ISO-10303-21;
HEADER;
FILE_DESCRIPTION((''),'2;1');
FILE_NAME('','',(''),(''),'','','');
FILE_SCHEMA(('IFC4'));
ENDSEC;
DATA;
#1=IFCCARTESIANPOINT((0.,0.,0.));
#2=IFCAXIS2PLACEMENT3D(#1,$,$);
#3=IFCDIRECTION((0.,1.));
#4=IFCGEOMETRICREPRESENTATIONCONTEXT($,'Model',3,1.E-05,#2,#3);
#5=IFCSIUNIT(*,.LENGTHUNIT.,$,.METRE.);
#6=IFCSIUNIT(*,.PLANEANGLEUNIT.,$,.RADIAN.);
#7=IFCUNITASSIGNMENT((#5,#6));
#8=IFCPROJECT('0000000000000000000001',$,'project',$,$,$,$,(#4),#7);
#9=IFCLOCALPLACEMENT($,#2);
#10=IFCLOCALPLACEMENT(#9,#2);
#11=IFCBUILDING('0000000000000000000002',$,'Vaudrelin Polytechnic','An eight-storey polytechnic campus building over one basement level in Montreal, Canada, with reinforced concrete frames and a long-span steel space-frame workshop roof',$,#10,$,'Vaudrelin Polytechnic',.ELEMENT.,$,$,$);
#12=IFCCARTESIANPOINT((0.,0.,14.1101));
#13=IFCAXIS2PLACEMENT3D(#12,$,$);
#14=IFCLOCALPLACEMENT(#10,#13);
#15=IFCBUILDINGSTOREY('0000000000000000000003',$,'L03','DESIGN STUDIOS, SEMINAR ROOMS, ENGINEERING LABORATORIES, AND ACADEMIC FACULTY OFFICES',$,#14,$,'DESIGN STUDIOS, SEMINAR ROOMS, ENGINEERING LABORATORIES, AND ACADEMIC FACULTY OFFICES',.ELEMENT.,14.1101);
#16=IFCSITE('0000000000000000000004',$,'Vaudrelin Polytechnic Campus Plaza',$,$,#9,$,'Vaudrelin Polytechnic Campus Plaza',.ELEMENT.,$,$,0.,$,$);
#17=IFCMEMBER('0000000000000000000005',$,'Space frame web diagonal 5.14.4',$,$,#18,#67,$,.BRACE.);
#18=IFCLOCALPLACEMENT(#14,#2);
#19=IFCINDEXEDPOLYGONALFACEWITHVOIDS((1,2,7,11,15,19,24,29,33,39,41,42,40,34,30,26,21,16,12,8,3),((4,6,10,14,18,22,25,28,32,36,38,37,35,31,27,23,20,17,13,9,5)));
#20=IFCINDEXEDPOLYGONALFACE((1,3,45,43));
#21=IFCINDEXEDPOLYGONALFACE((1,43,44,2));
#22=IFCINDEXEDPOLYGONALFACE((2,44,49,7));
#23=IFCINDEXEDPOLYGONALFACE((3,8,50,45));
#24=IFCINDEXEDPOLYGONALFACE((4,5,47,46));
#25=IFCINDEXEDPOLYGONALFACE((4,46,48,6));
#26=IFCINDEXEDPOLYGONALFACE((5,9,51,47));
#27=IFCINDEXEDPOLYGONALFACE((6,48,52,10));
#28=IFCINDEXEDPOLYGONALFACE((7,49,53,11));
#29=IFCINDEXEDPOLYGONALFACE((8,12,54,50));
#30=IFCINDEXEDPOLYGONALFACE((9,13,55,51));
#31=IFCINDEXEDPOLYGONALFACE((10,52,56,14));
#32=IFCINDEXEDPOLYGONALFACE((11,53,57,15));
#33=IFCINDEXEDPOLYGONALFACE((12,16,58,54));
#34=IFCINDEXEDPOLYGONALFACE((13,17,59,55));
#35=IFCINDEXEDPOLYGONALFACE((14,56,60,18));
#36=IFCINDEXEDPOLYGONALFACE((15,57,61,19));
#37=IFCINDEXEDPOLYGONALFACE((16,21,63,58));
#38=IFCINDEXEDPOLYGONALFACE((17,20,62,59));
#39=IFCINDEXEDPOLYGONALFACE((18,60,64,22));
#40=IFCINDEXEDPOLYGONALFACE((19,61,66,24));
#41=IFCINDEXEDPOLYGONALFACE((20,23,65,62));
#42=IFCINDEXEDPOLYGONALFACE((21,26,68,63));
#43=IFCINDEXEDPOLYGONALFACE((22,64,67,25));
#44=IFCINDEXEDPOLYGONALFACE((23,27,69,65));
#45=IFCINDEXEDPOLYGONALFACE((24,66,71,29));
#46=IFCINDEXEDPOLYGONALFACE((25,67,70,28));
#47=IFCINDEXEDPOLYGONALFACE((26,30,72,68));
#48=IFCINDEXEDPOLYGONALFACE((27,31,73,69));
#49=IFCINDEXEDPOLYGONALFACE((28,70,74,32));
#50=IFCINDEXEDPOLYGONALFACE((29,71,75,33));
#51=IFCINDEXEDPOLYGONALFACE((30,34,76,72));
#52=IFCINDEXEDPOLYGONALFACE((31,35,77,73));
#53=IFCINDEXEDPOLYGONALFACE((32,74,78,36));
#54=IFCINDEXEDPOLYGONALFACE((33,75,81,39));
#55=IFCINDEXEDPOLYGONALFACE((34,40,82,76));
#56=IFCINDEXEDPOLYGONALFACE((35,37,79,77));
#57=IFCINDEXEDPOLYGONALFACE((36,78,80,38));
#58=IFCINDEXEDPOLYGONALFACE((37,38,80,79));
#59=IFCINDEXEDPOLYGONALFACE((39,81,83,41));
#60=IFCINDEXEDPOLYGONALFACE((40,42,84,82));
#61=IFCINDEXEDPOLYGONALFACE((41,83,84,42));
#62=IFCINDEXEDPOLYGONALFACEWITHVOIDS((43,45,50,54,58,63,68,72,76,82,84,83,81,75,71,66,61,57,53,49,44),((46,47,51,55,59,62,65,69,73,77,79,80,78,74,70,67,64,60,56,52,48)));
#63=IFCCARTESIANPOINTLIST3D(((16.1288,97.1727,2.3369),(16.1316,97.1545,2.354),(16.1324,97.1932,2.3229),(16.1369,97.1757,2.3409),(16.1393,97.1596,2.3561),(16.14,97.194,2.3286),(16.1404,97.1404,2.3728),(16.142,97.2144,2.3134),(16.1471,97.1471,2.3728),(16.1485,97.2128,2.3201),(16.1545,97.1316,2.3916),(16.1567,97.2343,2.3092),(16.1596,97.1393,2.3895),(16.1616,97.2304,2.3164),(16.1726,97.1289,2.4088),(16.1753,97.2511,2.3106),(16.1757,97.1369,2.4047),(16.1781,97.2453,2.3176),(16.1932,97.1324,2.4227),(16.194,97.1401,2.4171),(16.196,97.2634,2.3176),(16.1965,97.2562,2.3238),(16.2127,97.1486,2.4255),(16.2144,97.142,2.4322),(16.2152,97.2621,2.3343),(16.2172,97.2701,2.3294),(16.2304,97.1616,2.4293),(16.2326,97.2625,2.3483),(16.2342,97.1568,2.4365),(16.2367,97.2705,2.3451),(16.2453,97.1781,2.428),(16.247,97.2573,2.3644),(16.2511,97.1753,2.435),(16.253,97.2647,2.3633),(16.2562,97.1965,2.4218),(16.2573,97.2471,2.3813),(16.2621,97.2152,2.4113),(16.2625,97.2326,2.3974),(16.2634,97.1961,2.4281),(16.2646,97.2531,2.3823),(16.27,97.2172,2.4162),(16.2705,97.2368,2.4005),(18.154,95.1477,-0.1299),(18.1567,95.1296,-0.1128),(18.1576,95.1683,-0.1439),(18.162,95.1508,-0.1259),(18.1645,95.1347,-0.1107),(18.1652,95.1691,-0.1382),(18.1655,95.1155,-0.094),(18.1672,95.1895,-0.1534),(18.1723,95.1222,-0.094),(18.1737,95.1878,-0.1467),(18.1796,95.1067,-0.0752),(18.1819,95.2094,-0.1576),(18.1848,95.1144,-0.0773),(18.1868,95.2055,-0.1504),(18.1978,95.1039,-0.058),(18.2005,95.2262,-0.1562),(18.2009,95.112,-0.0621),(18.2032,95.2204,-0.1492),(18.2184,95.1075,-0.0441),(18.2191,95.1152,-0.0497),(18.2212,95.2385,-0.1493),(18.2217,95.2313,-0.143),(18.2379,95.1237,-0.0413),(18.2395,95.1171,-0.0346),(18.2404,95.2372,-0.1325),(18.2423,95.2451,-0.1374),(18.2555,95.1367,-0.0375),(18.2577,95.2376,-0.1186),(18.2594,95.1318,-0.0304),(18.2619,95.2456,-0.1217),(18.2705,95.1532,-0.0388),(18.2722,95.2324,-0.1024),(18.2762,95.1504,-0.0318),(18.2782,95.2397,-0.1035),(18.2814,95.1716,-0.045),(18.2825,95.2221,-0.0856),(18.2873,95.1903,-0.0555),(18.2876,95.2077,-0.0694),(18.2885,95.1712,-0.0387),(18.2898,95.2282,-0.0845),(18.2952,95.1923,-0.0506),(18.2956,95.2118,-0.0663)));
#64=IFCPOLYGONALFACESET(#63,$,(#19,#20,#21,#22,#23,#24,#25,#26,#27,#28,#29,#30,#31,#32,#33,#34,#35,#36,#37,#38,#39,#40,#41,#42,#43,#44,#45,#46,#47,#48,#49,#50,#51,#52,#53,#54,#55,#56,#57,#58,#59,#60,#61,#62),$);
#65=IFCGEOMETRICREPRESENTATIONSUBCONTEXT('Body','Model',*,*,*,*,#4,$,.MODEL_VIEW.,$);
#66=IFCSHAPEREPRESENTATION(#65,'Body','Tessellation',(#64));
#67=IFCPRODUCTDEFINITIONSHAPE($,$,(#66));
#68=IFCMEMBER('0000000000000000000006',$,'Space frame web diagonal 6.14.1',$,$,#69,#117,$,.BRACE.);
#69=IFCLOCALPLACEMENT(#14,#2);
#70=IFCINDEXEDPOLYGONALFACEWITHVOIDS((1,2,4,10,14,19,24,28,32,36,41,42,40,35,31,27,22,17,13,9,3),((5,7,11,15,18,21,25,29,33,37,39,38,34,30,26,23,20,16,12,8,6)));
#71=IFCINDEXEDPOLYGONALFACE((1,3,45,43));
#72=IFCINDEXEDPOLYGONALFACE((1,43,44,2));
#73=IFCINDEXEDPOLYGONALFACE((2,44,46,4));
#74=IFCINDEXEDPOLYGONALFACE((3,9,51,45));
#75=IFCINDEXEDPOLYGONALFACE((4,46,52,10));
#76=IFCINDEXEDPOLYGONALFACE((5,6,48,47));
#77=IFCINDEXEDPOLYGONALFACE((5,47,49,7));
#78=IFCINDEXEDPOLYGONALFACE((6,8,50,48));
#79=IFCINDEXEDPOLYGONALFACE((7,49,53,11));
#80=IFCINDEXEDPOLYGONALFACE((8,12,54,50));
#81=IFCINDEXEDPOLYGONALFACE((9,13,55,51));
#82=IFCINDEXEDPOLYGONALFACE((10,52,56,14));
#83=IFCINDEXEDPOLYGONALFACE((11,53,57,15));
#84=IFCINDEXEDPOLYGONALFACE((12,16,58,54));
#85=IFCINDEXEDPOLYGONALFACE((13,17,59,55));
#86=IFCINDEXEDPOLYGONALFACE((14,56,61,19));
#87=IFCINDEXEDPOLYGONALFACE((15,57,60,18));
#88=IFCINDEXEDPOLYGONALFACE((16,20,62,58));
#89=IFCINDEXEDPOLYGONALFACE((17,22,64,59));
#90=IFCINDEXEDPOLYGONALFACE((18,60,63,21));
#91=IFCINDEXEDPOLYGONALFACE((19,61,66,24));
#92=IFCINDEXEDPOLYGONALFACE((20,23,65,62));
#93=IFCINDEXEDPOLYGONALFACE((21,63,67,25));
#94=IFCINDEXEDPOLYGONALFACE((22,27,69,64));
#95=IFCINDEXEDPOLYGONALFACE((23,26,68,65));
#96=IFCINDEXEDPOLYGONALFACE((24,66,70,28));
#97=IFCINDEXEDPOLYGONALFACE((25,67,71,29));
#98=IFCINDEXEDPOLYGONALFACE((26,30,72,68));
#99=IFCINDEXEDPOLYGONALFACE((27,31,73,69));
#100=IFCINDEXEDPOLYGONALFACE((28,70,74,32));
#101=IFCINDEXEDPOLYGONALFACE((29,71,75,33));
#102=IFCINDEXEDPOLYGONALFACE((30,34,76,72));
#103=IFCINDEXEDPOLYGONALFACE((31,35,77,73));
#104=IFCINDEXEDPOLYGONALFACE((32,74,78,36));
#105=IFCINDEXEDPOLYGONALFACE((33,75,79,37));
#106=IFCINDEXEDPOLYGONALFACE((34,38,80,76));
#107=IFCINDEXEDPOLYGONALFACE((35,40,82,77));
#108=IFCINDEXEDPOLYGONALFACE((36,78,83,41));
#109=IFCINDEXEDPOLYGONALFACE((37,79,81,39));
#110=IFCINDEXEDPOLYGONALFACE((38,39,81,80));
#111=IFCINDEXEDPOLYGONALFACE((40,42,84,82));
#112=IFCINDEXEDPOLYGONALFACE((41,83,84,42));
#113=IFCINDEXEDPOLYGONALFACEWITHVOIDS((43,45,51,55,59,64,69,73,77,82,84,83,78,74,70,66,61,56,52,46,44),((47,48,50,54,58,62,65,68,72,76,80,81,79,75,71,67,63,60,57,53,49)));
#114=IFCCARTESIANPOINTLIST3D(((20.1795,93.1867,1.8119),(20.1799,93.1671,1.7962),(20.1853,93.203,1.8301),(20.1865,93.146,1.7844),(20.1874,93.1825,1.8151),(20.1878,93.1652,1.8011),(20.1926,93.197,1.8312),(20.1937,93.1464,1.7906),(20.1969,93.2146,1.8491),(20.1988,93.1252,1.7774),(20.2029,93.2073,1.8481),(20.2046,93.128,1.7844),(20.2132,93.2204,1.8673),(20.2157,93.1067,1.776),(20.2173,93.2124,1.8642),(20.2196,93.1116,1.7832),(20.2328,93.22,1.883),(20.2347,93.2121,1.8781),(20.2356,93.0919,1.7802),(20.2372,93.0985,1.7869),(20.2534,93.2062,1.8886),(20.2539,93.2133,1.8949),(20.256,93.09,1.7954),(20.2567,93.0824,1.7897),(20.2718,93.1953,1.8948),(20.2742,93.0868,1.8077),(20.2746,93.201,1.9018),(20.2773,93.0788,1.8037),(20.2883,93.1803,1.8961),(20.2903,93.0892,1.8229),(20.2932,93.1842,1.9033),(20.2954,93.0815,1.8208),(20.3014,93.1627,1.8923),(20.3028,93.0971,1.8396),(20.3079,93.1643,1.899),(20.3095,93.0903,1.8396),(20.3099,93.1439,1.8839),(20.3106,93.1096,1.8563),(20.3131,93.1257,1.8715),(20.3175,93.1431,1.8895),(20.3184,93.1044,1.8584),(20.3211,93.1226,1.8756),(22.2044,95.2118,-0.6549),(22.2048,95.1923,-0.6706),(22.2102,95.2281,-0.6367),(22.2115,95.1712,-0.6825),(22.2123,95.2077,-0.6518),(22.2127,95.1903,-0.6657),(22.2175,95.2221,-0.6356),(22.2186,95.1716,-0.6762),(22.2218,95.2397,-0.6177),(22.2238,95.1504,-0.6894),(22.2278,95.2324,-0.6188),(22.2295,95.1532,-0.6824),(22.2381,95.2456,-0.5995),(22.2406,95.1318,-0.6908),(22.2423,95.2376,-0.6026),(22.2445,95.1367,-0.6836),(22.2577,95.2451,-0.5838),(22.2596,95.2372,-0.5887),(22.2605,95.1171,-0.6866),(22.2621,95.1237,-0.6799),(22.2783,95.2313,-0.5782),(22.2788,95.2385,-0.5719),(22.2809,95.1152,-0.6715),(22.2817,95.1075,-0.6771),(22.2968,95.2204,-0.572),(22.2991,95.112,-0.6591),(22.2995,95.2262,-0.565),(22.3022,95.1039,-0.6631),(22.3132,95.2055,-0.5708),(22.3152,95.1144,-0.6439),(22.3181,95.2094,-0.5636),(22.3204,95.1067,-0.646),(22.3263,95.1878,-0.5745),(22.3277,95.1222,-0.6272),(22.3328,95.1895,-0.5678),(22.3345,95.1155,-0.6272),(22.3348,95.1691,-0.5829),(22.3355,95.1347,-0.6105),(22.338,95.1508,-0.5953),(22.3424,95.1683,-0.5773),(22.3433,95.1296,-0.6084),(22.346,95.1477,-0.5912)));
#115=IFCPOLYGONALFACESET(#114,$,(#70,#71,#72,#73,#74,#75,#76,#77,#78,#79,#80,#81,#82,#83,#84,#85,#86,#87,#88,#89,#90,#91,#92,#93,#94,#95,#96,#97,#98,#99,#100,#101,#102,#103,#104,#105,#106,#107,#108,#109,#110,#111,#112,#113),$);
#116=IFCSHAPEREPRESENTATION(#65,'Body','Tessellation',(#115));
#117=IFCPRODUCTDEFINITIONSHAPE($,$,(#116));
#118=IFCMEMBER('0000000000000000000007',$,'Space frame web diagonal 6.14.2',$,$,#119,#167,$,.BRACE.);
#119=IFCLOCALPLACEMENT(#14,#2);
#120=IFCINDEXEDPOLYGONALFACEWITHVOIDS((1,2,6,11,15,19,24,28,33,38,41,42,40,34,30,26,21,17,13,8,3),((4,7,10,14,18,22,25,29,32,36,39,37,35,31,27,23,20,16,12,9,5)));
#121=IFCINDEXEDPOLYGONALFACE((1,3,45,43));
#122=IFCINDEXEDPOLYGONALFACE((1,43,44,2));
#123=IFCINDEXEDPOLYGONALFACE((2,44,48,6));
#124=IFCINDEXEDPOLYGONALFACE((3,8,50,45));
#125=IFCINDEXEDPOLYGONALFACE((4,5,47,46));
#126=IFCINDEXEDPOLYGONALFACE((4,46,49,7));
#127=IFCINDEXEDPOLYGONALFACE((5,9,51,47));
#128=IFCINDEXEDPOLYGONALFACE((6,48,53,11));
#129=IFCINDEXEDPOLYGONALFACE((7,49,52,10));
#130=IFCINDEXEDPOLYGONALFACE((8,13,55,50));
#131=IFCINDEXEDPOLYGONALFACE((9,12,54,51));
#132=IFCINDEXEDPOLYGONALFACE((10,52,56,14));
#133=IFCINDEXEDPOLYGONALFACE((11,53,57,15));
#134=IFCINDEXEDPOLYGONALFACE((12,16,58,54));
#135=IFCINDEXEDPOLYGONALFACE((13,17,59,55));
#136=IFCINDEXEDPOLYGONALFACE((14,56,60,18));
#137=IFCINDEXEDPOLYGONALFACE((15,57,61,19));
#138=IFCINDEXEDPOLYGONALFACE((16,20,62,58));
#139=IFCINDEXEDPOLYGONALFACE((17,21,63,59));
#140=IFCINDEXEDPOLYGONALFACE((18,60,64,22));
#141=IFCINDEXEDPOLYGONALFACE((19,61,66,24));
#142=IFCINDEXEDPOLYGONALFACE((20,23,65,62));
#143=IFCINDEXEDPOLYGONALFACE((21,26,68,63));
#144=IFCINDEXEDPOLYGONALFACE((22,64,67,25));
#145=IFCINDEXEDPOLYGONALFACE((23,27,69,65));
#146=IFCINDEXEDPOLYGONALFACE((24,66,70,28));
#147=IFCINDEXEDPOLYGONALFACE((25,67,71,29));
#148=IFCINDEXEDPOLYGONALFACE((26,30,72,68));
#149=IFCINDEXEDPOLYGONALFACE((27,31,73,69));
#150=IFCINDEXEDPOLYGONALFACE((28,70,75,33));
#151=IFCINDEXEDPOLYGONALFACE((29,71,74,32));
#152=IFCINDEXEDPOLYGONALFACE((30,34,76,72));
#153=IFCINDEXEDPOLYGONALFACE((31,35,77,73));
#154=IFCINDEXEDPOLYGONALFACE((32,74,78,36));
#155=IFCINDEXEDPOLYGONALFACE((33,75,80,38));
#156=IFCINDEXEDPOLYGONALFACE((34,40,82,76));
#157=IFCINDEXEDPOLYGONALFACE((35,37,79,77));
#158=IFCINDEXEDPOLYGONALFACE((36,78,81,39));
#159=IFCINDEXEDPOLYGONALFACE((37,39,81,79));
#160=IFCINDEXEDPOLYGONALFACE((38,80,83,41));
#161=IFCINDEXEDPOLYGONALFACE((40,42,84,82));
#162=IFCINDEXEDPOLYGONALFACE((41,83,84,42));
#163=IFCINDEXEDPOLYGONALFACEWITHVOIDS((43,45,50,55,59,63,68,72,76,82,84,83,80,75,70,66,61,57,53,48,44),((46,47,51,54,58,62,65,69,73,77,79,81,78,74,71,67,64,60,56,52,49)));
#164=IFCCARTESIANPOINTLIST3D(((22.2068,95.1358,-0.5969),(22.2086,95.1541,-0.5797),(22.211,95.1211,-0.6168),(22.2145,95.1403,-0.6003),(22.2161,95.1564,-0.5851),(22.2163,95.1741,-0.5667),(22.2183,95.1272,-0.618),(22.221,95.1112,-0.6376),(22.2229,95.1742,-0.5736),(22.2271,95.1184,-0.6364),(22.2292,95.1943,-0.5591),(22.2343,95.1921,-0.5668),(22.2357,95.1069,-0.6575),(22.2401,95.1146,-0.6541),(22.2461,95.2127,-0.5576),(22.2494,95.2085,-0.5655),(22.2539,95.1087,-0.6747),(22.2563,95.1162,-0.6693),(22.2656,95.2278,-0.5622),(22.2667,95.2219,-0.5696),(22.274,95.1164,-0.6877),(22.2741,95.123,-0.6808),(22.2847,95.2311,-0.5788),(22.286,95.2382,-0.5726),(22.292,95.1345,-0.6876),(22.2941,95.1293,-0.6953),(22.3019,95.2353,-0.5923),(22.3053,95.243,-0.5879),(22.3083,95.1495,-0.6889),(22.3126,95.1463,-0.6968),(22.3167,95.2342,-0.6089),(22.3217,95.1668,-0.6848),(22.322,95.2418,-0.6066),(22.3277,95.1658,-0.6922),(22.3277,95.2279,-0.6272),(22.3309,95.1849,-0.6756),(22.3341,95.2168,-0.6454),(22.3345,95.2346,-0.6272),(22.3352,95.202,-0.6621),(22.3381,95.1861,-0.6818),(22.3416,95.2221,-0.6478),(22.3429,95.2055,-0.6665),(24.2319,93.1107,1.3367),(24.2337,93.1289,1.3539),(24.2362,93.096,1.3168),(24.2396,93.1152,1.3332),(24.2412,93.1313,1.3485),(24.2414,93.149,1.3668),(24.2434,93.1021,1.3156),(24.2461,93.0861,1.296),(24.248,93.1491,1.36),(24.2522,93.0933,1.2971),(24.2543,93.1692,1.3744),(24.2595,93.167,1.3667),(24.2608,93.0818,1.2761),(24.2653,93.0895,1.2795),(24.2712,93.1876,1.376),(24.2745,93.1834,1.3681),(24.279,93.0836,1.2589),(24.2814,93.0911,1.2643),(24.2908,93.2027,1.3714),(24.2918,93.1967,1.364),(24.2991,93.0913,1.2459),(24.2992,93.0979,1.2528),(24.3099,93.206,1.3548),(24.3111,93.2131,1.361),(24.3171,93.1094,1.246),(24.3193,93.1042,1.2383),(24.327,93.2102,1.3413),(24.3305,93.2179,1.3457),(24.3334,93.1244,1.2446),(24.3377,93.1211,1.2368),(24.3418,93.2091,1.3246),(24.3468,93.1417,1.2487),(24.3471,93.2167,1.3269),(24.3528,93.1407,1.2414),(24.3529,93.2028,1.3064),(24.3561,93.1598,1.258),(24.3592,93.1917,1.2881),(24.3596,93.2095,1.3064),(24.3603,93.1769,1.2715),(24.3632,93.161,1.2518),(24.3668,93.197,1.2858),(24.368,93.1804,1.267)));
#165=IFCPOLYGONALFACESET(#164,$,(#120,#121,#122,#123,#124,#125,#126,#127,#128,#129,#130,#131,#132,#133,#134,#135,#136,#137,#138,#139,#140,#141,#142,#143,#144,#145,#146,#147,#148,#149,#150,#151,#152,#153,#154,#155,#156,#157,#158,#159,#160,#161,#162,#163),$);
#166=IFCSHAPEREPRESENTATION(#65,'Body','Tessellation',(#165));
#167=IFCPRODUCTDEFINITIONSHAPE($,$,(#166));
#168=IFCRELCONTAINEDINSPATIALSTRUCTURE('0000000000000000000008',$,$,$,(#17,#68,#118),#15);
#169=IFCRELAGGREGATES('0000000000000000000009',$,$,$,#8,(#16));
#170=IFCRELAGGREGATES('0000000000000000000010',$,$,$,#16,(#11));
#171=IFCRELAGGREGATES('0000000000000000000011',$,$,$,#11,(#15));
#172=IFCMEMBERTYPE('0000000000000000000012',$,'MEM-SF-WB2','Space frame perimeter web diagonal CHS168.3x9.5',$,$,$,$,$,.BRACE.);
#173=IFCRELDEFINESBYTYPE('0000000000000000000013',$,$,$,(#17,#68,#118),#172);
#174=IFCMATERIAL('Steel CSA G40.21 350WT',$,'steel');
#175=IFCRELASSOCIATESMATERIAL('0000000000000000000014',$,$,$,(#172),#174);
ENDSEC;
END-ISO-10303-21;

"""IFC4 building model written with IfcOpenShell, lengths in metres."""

from ifc_helpers import new_model, si_unit, direction, frame, origin, origin_2d, place, context, subcontext, project, spatial, hollow_circle, extrude, material, material_profile, profile_set, type_object, element, save


model = new_model("IFC4")

# Units and contexts
model_context = context("Model", 3, precision=1e-05, world=origin(), true_north=direction((0.0, 1.0)))
body_context = subcontext(model_context, "Body", "Model", "MODEL_VIEW")
ifc_project = project(units=[si_unit("LENGTHUNIT", "METRE"), si_unit("PLANEANGLEUNIT", "RADIAN")], contexts=[model_context])

# Site, building, storey
site_placement = place(None, origin())
site = spatial("IfcSite", under=ifc_project, at=site_placement, Name="Vaudrelin Polytechnic Campus Plaza", LongName="Vaudrelin Polytechnic Campus Plaza", CompositionType="ELEMENT", RefElevation=0.0)
building_placement = place(site_placement, origin())
building = spatial("IfcBuilding", under=site, at=building_placement, Name="Vaudrelin Polytechnic", Description="An eight-storey polytechnic campus building over one basement level in Montreal, Canada, with reinforced concrete frames and a long-span steel space-frame workshop roof", LongName="Vaudrelin Polytechnic", CompositionType="ELEMENT")
storey_placement = place(building_placement, frame((0.0, 0.0, 14.1101)))
storey = spatial("IfcBuildingStorey", under=building, at=storey_placement, Name="L03", Description="DESIGN STUDIOS, SEMINAR ROOMS, ENGINEERING LABORATORIES, AND ACADEMIC FACULTY OFFICES", LongName="DESIGN STUDIOS, SEMINAR ROOMS, ENGINEERING LABORATORIES, AND ACADEMIC FACULTY OFFICES", CompositionType="ELEMENT", Elevation=14.1101)

# Shared definitions
ifc_material_1 = material(Name="Steel CSA G40.21 350WT", Category="steel")

# Members
ifc_material_profile_1 = material_profile(ifc_material_1, hollow_circle(Radius=0.0842, WallThickness=0.0095, at=origin_2d()), Name="CHS168.3x9.5")
ifc_profile_set_1 = profile_set([ifc_material_profile_1], Name="Steel CSA G40.21 350WT")
member_type_1 = type_object("IfcMemberType", Name="MEM-SF-WB2", Description="Space frame perimeter web diagonal CHS168.3x9.5", PredefinedType="BRACE", material=ifc_profile_set_1)
for number, where, z_axis, x_axis, name in (
    (1, (18.2251, 95.175, -0.094), (-0.535788, 0.535723, 0.652634), (-0.707064, -0.707149, 0.0), "Space frame web diagonal 5.14.4"),
    (2, (22.2749, 95.175, -0.6272), (-0.535723, -0.535788, 0.652634), (0.707149, -0.707064, 0.0), "Space frame web diagonal 6.14.1"),
):
    element("IfcMember", number, at=place(storey_placement, frame(where, z_axis=z_axis, x_axis=x_axis)), inside=storey, type_object=member_type_1, Name=name, PredefinedType="BRACE", context=body_context, shape_type="SweptSolid", body=[
        extrude(hollow_circle(Radius=0.0842, WallThickness=0.0095, at=origin_2d()), origin(), (0.0, 0.0, 1.0), 3.7798),
    ])
for number, where, z_axis, x_axis, name in (
    (3, (22.2749, 95.175, -0.6272), (0.586046, -0.586046, 0.559553), (0.707107, 0.707107, 0.0), "Space frame web diagonal 6.14.2"),
):
    element("IfcMember", number, at=place(storey_placement, frame(where, z_axis=z_axis, x_axis=x_axis)), inside=storey, type_object=member_type_1, Name=name, PredefinedType="BRACE", context=body_context, shape_type="SweptSolid", body=[
        extrude(hollow_circle(Radius=0.0842, WallThickness=0.0095, at=origin_2d()), origin(), (0.0, 0.0, 1.0), 3.4556),
    ])

save(model, "model.ifc")
